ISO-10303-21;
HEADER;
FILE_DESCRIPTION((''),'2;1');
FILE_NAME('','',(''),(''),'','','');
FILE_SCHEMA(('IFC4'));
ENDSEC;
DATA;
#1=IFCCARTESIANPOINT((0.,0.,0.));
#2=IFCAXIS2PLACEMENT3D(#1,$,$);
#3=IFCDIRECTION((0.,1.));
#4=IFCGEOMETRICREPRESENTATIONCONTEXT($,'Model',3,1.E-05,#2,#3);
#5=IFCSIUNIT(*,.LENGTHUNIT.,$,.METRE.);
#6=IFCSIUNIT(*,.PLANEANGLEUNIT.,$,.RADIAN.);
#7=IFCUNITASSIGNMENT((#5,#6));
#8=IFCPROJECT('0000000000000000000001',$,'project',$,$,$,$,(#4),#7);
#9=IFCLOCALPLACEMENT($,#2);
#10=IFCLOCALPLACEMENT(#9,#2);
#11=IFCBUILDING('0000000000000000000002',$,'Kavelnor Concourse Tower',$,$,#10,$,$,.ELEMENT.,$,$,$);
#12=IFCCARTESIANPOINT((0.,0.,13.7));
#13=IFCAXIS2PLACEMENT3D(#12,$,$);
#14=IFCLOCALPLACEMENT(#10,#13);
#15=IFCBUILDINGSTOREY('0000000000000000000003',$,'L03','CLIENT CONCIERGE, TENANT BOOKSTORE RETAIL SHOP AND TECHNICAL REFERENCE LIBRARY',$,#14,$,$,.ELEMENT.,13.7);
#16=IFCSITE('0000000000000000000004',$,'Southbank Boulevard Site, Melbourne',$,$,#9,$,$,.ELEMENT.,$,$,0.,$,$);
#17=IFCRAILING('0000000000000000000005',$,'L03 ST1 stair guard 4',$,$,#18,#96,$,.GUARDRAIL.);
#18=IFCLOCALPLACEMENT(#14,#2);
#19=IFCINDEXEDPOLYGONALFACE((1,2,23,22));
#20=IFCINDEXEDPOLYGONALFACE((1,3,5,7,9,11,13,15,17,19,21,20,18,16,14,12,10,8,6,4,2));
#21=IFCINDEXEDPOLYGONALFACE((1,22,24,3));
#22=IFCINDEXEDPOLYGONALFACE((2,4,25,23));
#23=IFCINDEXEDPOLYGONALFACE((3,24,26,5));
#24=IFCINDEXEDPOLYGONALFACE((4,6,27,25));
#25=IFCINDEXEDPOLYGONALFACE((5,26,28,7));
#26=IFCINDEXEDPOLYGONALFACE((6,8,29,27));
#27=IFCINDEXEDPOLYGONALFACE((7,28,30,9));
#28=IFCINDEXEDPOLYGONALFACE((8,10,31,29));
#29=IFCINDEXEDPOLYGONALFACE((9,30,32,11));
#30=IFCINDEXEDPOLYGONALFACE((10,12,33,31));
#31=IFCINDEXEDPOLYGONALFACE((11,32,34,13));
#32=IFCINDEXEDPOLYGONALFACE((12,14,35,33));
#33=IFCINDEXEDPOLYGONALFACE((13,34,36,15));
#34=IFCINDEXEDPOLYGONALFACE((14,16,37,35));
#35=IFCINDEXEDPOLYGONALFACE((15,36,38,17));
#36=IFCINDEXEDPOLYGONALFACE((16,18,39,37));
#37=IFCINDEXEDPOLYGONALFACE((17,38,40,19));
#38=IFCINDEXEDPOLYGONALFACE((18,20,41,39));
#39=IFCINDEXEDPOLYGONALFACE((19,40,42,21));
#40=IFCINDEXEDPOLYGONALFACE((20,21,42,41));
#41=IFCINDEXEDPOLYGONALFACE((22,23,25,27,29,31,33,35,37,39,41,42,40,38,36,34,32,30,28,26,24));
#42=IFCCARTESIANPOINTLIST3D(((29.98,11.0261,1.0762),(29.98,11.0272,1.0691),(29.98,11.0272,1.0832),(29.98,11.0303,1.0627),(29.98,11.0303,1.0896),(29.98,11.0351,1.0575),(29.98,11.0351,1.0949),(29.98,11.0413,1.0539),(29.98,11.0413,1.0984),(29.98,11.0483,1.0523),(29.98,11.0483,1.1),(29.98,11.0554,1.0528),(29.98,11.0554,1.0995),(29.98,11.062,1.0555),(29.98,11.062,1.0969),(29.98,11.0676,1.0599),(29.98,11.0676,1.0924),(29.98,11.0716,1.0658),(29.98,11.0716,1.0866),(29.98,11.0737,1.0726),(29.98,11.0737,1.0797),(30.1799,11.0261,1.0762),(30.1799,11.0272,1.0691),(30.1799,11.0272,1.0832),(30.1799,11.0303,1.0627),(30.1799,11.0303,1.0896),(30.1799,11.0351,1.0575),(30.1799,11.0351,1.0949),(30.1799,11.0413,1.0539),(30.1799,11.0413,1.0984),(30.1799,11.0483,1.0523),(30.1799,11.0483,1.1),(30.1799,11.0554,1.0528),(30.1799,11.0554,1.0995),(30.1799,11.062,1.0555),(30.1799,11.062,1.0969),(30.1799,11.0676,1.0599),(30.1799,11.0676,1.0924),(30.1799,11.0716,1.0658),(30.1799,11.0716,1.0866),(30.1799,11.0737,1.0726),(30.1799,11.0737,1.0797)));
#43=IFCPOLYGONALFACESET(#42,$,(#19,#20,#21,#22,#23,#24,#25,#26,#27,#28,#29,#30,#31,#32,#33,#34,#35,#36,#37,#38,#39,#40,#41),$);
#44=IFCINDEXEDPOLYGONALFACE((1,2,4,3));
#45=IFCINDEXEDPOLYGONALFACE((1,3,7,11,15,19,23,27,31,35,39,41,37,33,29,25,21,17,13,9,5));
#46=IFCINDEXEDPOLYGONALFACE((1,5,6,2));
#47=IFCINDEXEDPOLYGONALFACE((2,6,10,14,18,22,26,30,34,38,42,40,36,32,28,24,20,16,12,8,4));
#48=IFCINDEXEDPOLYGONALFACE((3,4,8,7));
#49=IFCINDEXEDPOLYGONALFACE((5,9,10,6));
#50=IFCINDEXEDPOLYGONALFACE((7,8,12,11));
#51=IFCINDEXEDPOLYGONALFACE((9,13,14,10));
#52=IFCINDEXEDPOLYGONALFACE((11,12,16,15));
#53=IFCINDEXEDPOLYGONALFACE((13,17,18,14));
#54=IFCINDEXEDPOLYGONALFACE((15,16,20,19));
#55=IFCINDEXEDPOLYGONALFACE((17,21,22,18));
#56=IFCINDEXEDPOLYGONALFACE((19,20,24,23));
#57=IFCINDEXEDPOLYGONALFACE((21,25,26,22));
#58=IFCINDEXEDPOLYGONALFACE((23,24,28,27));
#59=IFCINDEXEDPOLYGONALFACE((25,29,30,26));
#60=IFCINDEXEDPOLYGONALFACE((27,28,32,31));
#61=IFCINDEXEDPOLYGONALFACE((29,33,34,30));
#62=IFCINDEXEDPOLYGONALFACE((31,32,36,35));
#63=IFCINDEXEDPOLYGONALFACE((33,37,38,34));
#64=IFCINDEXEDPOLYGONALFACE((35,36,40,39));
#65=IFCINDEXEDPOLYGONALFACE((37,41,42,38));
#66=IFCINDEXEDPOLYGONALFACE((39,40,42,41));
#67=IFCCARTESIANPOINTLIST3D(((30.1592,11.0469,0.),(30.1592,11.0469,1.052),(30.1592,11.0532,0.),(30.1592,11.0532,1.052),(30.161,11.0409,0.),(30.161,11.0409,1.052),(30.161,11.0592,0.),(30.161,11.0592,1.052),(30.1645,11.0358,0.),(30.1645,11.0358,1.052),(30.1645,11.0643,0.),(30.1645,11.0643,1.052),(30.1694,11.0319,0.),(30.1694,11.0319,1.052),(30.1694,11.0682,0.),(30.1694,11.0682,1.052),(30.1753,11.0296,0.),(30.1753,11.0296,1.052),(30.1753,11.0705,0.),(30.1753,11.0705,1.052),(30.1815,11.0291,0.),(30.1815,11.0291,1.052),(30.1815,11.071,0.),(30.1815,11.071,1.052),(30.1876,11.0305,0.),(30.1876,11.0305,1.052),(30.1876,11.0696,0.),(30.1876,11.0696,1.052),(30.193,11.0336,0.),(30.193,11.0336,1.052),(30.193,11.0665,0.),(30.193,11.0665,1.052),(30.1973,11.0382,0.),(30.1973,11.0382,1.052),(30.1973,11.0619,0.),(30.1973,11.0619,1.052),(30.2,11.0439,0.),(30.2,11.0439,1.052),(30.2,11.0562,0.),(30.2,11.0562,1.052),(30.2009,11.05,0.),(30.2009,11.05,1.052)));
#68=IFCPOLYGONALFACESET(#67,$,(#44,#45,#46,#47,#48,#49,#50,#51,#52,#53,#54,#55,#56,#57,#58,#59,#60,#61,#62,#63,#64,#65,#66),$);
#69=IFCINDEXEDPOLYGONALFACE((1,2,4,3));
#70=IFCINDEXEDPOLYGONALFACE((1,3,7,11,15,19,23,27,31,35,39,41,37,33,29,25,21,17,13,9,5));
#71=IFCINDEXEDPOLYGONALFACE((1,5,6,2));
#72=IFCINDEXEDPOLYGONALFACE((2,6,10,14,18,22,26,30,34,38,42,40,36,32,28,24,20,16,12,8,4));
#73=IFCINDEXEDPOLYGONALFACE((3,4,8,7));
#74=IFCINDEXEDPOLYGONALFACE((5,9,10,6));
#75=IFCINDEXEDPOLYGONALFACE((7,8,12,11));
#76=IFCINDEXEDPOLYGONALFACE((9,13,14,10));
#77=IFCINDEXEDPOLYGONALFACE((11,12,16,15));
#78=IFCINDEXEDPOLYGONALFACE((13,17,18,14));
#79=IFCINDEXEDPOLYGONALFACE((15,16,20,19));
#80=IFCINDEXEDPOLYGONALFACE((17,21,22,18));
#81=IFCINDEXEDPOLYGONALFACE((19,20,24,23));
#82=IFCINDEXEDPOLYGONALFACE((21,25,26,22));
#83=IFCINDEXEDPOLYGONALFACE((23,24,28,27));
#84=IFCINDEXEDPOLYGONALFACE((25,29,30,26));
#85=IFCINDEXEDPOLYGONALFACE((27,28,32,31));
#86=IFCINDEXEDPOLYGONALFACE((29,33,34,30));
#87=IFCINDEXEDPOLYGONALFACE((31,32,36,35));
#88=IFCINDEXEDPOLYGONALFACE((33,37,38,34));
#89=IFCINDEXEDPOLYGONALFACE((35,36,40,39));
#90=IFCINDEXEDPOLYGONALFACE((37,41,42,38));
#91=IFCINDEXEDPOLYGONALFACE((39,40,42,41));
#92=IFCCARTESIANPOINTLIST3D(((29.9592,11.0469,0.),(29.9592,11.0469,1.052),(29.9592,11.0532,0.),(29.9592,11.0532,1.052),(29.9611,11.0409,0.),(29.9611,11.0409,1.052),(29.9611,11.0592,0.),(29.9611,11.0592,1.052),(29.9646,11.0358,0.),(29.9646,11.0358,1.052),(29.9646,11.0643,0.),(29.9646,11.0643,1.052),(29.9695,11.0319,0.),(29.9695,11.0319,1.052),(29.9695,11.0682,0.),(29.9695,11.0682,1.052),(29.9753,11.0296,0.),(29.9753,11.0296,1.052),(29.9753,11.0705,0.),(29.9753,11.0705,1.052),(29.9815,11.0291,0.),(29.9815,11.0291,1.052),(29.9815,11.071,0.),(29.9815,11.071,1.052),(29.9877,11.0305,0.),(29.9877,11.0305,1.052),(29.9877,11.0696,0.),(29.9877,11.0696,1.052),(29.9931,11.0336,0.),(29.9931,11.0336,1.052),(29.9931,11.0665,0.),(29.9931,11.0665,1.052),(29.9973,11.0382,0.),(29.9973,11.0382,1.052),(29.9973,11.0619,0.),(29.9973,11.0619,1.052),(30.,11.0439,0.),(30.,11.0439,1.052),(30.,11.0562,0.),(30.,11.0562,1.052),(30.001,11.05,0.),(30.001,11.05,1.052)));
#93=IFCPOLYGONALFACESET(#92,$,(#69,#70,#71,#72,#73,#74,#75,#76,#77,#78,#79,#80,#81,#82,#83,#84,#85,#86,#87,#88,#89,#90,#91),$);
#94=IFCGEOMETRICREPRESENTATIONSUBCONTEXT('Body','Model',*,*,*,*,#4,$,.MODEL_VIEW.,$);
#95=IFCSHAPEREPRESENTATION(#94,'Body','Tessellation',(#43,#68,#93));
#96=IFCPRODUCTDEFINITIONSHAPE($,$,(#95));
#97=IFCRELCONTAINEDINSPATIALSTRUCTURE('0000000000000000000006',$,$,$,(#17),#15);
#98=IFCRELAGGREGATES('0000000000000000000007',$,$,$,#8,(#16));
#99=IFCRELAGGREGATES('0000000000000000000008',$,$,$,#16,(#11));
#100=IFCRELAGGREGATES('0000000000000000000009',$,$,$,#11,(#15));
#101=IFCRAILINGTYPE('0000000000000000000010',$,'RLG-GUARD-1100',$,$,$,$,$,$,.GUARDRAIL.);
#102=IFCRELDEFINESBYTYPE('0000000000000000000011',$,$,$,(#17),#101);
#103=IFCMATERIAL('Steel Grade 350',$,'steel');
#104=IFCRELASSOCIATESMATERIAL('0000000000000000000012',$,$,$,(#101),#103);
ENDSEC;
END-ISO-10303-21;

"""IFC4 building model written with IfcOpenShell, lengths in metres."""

from ifc_helpers import new_model, si_unit, direction, frame, origin, origin_2d, place, context, subcontext, project, spatial, circle, extrude, material, type_object, element, save


model = new_model("IFC4")

# Units and contexts
model_context = context("Model", 3, precision=1e-05, world=origin(), true_north=direction((0.0, 1.0)))
body_context = subcontext(model_context, "Body", "Model", "MODEL_VIEW")
ifc_project = project(units=[si_unit("LENGTHUNIT", "METRE"), si_unit("PLANEANGLEUNIT", "RADIAN")], contexts=[model_context])

# Site, building, storey
site_placement = place(None, origin())
site = spatial("IfcSite", under=ifc_project, at=site_placement, Name="Southbank Boulevard Site, Melbourne", CompositionType="ELEMENT", RefElevation=0.0)
building_placement = place(site_placement, origin())
building = spatial("IfcBuilding", under=site, at=building_placement, Name="Kavelnor Concourse Tower", CompositionType="ELEMENT")
storey_placement = place(building_placement, frame((0.0, 0.0, 13.7)))
storey = spatial("IfcBuildingStorey", under=building, at=storey_placement, Name="L03", Description="CLIENT CONCIERGE, TENANT BOOKSTORE RETAIL SHOP AND TECHNICAL REFERENCE LIBRARY", CompositionType="ELEMENT", Elevation=13.7)

# Shared definitions
ifc_material_1 = material(Name="Steel Grade 350", Category="steel")

# Railing
railing_type_1 = type_object("IfcRailingType", Name="RLG-GUARD-1100", PredefinedType="GUARDRAIL", material=ifc_material_1)
railing_1_placement = place(storey_placement, frame((30.1799, 11.05, 0.0)))
element("IfcRailing", 1, at=railing_1_placement, inside=storey, type_object=railing_type_1, Name="L03 ST1 stair guard 4", PredefinedType="GUARDRAIL", context=body_context, shape_type="SweptSolid", body=[
    extrude(circle(Radius=0.0239, at=origin_2d()), frame((0.0, 0.0, 1.0762), z_axis=(-1.0, 0.0, 0.0), x_axis=(0.0, -1.0, 0.0)), (0.0, 0.0, 1.0), 0.2),
    extrude(circle(Radius=0.021, at=origin_2d()), origin(), (0.0, 0.0, 1.0), 1.052),
    extrude(circle(Radius=0.021, at=origin_2d()), frame((-0.2, 0.0, 0.0)), (0.0, 0.0, 1.0), 1.052),
])

save(model, "model.ifc")
